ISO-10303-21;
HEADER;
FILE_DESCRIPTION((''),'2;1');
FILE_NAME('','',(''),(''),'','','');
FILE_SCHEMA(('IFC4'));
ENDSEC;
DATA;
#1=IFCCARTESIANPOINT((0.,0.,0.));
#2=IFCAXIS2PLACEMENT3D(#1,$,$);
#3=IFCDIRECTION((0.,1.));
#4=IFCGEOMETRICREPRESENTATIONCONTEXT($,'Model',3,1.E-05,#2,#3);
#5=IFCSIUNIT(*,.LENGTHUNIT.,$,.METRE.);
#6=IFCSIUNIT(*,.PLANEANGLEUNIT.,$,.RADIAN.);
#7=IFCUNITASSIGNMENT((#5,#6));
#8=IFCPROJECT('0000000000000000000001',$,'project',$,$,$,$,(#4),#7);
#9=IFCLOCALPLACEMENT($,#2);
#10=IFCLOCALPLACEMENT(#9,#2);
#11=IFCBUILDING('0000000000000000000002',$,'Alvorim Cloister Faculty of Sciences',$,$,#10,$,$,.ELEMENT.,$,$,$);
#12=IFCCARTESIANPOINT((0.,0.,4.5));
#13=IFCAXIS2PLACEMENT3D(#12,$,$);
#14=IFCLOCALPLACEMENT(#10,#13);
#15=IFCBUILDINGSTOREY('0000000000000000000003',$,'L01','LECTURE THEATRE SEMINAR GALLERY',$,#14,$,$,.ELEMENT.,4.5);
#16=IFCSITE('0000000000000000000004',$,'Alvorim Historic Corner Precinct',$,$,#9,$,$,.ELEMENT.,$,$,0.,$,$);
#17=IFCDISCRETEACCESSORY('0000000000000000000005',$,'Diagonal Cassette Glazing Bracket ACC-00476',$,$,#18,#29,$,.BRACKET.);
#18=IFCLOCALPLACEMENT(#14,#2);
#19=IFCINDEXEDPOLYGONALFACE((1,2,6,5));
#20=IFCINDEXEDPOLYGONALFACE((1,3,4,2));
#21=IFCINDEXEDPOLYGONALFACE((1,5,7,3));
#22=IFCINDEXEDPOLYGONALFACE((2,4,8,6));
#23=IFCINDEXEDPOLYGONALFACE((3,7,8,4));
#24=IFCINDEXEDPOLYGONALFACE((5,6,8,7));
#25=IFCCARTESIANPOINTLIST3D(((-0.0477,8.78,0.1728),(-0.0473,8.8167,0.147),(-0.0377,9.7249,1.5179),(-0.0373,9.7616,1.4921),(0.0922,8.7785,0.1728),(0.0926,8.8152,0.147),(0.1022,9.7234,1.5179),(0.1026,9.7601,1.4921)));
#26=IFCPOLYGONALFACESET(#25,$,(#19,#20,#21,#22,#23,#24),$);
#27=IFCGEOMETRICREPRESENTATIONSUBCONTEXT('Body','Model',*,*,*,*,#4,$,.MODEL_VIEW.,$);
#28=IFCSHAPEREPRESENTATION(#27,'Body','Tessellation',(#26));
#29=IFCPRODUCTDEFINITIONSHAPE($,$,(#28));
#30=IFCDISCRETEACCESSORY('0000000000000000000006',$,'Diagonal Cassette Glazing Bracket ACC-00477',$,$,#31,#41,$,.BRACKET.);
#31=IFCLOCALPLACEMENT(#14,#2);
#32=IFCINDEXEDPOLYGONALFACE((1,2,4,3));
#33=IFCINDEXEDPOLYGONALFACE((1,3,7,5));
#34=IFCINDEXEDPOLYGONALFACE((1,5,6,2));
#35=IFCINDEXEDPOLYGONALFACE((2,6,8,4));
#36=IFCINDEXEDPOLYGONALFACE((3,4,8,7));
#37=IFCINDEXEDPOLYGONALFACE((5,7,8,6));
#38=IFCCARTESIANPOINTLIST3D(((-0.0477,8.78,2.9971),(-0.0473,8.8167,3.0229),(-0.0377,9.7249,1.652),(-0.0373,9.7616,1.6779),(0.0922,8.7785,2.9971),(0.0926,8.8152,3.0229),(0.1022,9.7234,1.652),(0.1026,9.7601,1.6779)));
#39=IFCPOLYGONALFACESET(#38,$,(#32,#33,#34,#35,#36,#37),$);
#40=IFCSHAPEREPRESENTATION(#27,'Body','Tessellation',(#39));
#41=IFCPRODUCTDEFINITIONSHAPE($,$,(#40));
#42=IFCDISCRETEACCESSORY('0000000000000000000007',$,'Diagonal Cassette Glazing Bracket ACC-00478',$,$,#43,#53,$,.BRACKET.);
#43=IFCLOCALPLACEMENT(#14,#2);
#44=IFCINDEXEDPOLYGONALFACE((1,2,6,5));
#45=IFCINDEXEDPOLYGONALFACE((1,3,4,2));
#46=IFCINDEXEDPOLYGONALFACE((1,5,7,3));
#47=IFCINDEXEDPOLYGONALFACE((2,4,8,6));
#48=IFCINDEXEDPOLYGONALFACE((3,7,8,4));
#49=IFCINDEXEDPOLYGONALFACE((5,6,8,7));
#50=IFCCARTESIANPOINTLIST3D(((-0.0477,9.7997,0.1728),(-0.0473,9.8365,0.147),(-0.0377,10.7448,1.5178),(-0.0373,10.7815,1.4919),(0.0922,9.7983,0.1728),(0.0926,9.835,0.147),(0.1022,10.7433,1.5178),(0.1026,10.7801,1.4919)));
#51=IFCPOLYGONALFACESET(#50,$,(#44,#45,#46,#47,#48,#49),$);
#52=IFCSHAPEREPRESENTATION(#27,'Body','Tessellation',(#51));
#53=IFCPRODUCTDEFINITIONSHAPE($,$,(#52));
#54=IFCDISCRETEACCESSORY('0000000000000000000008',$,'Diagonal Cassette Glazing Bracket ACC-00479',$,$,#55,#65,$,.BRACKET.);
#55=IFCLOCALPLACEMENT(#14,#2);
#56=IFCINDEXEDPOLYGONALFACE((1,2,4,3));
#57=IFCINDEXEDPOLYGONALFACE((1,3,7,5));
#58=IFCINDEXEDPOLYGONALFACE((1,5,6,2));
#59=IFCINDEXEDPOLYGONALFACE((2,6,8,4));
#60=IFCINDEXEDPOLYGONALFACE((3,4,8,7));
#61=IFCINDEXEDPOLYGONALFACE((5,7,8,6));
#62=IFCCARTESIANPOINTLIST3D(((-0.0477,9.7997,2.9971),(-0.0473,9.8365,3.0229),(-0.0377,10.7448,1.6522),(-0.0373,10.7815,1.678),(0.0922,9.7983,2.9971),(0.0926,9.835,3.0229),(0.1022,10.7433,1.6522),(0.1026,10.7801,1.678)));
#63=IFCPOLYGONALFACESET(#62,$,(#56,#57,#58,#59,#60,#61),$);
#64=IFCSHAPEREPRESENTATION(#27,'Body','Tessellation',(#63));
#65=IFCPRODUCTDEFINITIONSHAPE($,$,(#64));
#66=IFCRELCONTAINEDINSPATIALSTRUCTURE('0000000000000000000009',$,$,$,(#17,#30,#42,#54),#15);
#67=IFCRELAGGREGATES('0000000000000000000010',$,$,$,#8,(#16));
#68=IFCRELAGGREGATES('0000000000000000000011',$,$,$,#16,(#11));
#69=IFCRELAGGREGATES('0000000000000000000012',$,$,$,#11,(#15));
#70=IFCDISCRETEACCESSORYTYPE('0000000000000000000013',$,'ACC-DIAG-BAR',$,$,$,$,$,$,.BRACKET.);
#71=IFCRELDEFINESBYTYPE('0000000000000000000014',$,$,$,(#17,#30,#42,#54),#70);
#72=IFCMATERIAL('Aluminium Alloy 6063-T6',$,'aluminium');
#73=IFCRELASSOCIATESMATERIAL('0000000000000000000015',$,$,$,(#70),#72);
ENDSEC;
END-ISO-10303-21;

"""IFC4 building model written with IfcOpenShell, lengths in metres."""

from ifc_helpers import new_model, si_unit, direction, frame, origin, origin_2d, place, context, subcontext, project, spatial, rectangle, extrude, material, type_object, element, save


model = new_model("IFC4")

# Units and contexts
model_context = context("Model", 3, precision=1e-05, world=origin(), true_north=direction((0.0, 1.0)))
body_context = subcontext(model_context, "Body", "Model", "MODEL_VIEW")
ifc_project = project(units=[si_unit("LENGTHUNIT", "METRE"), si_unit("PLANEANGLEUNIT", "RADIAN")], contexts=[model_context])

# Site, building, storey
site_placement = place(None, origin())
site = spatial("IfcSite", under=ifc_project, at=site_placement, Name="Alvorim Historic Corner Precinct", CompositionType="ELEMENT", RefElevation=0.0)
building_placement = place(site_placement, origin())
building = spatial("IfcBuilding", under=site, at=building_placement, Name="Alvorim Cloister Faculty of Sciences", CompositionType="ELEMENT")
storey_placement = place(building_placement, frame((0.0, 0.0, 4.5)))
storey = spatial("IfcBuildingStorey", under=building, at=storey_placement, Name="L01", Description="LECTURE THEATRE SEMINAR GALLERY", CompositionType="ELEMENT", Elevation=4.5)

# Shared definitions
ifc_material_1 = material(Name="Aluminium Alloy 6063-T6", Category="aluminium")

# Discrete accessories
discrete_accessory_type = type_object("IfcDiscreteAccessoryType", Name="ACC-DIAG-BAR", PredefinedType="BRACKET", material=ifc_material_1)
for number, where, z_axis, x_axis, name in (
    (1, (0.0225, 8.7976, 0.1599), (0.00609, 0.574817, 0.81826), (-0.999944, 0.010594, 0.0), "Diagonal Cassette Glazing Bracket ACC-00476"),
    (2, (0.0225, 8.7976, 3.01), (0.00609, 0.574817, -0.81826), (-0.999944, 0.010594, 0.0), "Diagonal Cassette Glazing Bracket ACC-00477"),
    (3, (0.0225, 9.8174, 0.1599), (0.006089, 0.574916, 0.81819), (-0.999944, 0.010591, 0.0), "Diagonal Cassette Glazing Bracket ACC-00478"),
    (4, (0.0225, 9.8174, 3.01), (0.006089, 0.574916, -0.81819), (-0.999944, 0.010591, 0.0), "Diagonal Cassette Glazing Bracket ACC-00479"),
):
    element("IfcDiscreteAccessory", number, at=place(storey_placement, frame(where, z_axis=z_axis, x_axis=x_axis)), inside=storey, type_object=discrete_accessory_type, Name=name, PredefinedType="BRACKET", context=body_context, shape_type="SweptSolid", body=[
        extrude(rectangle(XDim=0.1399, YDim=0.0449, at=origin_2d()), origin(), (0.0, 0.0, 1.0), 1.6438),
    ])

save(model, "model.ifc")
